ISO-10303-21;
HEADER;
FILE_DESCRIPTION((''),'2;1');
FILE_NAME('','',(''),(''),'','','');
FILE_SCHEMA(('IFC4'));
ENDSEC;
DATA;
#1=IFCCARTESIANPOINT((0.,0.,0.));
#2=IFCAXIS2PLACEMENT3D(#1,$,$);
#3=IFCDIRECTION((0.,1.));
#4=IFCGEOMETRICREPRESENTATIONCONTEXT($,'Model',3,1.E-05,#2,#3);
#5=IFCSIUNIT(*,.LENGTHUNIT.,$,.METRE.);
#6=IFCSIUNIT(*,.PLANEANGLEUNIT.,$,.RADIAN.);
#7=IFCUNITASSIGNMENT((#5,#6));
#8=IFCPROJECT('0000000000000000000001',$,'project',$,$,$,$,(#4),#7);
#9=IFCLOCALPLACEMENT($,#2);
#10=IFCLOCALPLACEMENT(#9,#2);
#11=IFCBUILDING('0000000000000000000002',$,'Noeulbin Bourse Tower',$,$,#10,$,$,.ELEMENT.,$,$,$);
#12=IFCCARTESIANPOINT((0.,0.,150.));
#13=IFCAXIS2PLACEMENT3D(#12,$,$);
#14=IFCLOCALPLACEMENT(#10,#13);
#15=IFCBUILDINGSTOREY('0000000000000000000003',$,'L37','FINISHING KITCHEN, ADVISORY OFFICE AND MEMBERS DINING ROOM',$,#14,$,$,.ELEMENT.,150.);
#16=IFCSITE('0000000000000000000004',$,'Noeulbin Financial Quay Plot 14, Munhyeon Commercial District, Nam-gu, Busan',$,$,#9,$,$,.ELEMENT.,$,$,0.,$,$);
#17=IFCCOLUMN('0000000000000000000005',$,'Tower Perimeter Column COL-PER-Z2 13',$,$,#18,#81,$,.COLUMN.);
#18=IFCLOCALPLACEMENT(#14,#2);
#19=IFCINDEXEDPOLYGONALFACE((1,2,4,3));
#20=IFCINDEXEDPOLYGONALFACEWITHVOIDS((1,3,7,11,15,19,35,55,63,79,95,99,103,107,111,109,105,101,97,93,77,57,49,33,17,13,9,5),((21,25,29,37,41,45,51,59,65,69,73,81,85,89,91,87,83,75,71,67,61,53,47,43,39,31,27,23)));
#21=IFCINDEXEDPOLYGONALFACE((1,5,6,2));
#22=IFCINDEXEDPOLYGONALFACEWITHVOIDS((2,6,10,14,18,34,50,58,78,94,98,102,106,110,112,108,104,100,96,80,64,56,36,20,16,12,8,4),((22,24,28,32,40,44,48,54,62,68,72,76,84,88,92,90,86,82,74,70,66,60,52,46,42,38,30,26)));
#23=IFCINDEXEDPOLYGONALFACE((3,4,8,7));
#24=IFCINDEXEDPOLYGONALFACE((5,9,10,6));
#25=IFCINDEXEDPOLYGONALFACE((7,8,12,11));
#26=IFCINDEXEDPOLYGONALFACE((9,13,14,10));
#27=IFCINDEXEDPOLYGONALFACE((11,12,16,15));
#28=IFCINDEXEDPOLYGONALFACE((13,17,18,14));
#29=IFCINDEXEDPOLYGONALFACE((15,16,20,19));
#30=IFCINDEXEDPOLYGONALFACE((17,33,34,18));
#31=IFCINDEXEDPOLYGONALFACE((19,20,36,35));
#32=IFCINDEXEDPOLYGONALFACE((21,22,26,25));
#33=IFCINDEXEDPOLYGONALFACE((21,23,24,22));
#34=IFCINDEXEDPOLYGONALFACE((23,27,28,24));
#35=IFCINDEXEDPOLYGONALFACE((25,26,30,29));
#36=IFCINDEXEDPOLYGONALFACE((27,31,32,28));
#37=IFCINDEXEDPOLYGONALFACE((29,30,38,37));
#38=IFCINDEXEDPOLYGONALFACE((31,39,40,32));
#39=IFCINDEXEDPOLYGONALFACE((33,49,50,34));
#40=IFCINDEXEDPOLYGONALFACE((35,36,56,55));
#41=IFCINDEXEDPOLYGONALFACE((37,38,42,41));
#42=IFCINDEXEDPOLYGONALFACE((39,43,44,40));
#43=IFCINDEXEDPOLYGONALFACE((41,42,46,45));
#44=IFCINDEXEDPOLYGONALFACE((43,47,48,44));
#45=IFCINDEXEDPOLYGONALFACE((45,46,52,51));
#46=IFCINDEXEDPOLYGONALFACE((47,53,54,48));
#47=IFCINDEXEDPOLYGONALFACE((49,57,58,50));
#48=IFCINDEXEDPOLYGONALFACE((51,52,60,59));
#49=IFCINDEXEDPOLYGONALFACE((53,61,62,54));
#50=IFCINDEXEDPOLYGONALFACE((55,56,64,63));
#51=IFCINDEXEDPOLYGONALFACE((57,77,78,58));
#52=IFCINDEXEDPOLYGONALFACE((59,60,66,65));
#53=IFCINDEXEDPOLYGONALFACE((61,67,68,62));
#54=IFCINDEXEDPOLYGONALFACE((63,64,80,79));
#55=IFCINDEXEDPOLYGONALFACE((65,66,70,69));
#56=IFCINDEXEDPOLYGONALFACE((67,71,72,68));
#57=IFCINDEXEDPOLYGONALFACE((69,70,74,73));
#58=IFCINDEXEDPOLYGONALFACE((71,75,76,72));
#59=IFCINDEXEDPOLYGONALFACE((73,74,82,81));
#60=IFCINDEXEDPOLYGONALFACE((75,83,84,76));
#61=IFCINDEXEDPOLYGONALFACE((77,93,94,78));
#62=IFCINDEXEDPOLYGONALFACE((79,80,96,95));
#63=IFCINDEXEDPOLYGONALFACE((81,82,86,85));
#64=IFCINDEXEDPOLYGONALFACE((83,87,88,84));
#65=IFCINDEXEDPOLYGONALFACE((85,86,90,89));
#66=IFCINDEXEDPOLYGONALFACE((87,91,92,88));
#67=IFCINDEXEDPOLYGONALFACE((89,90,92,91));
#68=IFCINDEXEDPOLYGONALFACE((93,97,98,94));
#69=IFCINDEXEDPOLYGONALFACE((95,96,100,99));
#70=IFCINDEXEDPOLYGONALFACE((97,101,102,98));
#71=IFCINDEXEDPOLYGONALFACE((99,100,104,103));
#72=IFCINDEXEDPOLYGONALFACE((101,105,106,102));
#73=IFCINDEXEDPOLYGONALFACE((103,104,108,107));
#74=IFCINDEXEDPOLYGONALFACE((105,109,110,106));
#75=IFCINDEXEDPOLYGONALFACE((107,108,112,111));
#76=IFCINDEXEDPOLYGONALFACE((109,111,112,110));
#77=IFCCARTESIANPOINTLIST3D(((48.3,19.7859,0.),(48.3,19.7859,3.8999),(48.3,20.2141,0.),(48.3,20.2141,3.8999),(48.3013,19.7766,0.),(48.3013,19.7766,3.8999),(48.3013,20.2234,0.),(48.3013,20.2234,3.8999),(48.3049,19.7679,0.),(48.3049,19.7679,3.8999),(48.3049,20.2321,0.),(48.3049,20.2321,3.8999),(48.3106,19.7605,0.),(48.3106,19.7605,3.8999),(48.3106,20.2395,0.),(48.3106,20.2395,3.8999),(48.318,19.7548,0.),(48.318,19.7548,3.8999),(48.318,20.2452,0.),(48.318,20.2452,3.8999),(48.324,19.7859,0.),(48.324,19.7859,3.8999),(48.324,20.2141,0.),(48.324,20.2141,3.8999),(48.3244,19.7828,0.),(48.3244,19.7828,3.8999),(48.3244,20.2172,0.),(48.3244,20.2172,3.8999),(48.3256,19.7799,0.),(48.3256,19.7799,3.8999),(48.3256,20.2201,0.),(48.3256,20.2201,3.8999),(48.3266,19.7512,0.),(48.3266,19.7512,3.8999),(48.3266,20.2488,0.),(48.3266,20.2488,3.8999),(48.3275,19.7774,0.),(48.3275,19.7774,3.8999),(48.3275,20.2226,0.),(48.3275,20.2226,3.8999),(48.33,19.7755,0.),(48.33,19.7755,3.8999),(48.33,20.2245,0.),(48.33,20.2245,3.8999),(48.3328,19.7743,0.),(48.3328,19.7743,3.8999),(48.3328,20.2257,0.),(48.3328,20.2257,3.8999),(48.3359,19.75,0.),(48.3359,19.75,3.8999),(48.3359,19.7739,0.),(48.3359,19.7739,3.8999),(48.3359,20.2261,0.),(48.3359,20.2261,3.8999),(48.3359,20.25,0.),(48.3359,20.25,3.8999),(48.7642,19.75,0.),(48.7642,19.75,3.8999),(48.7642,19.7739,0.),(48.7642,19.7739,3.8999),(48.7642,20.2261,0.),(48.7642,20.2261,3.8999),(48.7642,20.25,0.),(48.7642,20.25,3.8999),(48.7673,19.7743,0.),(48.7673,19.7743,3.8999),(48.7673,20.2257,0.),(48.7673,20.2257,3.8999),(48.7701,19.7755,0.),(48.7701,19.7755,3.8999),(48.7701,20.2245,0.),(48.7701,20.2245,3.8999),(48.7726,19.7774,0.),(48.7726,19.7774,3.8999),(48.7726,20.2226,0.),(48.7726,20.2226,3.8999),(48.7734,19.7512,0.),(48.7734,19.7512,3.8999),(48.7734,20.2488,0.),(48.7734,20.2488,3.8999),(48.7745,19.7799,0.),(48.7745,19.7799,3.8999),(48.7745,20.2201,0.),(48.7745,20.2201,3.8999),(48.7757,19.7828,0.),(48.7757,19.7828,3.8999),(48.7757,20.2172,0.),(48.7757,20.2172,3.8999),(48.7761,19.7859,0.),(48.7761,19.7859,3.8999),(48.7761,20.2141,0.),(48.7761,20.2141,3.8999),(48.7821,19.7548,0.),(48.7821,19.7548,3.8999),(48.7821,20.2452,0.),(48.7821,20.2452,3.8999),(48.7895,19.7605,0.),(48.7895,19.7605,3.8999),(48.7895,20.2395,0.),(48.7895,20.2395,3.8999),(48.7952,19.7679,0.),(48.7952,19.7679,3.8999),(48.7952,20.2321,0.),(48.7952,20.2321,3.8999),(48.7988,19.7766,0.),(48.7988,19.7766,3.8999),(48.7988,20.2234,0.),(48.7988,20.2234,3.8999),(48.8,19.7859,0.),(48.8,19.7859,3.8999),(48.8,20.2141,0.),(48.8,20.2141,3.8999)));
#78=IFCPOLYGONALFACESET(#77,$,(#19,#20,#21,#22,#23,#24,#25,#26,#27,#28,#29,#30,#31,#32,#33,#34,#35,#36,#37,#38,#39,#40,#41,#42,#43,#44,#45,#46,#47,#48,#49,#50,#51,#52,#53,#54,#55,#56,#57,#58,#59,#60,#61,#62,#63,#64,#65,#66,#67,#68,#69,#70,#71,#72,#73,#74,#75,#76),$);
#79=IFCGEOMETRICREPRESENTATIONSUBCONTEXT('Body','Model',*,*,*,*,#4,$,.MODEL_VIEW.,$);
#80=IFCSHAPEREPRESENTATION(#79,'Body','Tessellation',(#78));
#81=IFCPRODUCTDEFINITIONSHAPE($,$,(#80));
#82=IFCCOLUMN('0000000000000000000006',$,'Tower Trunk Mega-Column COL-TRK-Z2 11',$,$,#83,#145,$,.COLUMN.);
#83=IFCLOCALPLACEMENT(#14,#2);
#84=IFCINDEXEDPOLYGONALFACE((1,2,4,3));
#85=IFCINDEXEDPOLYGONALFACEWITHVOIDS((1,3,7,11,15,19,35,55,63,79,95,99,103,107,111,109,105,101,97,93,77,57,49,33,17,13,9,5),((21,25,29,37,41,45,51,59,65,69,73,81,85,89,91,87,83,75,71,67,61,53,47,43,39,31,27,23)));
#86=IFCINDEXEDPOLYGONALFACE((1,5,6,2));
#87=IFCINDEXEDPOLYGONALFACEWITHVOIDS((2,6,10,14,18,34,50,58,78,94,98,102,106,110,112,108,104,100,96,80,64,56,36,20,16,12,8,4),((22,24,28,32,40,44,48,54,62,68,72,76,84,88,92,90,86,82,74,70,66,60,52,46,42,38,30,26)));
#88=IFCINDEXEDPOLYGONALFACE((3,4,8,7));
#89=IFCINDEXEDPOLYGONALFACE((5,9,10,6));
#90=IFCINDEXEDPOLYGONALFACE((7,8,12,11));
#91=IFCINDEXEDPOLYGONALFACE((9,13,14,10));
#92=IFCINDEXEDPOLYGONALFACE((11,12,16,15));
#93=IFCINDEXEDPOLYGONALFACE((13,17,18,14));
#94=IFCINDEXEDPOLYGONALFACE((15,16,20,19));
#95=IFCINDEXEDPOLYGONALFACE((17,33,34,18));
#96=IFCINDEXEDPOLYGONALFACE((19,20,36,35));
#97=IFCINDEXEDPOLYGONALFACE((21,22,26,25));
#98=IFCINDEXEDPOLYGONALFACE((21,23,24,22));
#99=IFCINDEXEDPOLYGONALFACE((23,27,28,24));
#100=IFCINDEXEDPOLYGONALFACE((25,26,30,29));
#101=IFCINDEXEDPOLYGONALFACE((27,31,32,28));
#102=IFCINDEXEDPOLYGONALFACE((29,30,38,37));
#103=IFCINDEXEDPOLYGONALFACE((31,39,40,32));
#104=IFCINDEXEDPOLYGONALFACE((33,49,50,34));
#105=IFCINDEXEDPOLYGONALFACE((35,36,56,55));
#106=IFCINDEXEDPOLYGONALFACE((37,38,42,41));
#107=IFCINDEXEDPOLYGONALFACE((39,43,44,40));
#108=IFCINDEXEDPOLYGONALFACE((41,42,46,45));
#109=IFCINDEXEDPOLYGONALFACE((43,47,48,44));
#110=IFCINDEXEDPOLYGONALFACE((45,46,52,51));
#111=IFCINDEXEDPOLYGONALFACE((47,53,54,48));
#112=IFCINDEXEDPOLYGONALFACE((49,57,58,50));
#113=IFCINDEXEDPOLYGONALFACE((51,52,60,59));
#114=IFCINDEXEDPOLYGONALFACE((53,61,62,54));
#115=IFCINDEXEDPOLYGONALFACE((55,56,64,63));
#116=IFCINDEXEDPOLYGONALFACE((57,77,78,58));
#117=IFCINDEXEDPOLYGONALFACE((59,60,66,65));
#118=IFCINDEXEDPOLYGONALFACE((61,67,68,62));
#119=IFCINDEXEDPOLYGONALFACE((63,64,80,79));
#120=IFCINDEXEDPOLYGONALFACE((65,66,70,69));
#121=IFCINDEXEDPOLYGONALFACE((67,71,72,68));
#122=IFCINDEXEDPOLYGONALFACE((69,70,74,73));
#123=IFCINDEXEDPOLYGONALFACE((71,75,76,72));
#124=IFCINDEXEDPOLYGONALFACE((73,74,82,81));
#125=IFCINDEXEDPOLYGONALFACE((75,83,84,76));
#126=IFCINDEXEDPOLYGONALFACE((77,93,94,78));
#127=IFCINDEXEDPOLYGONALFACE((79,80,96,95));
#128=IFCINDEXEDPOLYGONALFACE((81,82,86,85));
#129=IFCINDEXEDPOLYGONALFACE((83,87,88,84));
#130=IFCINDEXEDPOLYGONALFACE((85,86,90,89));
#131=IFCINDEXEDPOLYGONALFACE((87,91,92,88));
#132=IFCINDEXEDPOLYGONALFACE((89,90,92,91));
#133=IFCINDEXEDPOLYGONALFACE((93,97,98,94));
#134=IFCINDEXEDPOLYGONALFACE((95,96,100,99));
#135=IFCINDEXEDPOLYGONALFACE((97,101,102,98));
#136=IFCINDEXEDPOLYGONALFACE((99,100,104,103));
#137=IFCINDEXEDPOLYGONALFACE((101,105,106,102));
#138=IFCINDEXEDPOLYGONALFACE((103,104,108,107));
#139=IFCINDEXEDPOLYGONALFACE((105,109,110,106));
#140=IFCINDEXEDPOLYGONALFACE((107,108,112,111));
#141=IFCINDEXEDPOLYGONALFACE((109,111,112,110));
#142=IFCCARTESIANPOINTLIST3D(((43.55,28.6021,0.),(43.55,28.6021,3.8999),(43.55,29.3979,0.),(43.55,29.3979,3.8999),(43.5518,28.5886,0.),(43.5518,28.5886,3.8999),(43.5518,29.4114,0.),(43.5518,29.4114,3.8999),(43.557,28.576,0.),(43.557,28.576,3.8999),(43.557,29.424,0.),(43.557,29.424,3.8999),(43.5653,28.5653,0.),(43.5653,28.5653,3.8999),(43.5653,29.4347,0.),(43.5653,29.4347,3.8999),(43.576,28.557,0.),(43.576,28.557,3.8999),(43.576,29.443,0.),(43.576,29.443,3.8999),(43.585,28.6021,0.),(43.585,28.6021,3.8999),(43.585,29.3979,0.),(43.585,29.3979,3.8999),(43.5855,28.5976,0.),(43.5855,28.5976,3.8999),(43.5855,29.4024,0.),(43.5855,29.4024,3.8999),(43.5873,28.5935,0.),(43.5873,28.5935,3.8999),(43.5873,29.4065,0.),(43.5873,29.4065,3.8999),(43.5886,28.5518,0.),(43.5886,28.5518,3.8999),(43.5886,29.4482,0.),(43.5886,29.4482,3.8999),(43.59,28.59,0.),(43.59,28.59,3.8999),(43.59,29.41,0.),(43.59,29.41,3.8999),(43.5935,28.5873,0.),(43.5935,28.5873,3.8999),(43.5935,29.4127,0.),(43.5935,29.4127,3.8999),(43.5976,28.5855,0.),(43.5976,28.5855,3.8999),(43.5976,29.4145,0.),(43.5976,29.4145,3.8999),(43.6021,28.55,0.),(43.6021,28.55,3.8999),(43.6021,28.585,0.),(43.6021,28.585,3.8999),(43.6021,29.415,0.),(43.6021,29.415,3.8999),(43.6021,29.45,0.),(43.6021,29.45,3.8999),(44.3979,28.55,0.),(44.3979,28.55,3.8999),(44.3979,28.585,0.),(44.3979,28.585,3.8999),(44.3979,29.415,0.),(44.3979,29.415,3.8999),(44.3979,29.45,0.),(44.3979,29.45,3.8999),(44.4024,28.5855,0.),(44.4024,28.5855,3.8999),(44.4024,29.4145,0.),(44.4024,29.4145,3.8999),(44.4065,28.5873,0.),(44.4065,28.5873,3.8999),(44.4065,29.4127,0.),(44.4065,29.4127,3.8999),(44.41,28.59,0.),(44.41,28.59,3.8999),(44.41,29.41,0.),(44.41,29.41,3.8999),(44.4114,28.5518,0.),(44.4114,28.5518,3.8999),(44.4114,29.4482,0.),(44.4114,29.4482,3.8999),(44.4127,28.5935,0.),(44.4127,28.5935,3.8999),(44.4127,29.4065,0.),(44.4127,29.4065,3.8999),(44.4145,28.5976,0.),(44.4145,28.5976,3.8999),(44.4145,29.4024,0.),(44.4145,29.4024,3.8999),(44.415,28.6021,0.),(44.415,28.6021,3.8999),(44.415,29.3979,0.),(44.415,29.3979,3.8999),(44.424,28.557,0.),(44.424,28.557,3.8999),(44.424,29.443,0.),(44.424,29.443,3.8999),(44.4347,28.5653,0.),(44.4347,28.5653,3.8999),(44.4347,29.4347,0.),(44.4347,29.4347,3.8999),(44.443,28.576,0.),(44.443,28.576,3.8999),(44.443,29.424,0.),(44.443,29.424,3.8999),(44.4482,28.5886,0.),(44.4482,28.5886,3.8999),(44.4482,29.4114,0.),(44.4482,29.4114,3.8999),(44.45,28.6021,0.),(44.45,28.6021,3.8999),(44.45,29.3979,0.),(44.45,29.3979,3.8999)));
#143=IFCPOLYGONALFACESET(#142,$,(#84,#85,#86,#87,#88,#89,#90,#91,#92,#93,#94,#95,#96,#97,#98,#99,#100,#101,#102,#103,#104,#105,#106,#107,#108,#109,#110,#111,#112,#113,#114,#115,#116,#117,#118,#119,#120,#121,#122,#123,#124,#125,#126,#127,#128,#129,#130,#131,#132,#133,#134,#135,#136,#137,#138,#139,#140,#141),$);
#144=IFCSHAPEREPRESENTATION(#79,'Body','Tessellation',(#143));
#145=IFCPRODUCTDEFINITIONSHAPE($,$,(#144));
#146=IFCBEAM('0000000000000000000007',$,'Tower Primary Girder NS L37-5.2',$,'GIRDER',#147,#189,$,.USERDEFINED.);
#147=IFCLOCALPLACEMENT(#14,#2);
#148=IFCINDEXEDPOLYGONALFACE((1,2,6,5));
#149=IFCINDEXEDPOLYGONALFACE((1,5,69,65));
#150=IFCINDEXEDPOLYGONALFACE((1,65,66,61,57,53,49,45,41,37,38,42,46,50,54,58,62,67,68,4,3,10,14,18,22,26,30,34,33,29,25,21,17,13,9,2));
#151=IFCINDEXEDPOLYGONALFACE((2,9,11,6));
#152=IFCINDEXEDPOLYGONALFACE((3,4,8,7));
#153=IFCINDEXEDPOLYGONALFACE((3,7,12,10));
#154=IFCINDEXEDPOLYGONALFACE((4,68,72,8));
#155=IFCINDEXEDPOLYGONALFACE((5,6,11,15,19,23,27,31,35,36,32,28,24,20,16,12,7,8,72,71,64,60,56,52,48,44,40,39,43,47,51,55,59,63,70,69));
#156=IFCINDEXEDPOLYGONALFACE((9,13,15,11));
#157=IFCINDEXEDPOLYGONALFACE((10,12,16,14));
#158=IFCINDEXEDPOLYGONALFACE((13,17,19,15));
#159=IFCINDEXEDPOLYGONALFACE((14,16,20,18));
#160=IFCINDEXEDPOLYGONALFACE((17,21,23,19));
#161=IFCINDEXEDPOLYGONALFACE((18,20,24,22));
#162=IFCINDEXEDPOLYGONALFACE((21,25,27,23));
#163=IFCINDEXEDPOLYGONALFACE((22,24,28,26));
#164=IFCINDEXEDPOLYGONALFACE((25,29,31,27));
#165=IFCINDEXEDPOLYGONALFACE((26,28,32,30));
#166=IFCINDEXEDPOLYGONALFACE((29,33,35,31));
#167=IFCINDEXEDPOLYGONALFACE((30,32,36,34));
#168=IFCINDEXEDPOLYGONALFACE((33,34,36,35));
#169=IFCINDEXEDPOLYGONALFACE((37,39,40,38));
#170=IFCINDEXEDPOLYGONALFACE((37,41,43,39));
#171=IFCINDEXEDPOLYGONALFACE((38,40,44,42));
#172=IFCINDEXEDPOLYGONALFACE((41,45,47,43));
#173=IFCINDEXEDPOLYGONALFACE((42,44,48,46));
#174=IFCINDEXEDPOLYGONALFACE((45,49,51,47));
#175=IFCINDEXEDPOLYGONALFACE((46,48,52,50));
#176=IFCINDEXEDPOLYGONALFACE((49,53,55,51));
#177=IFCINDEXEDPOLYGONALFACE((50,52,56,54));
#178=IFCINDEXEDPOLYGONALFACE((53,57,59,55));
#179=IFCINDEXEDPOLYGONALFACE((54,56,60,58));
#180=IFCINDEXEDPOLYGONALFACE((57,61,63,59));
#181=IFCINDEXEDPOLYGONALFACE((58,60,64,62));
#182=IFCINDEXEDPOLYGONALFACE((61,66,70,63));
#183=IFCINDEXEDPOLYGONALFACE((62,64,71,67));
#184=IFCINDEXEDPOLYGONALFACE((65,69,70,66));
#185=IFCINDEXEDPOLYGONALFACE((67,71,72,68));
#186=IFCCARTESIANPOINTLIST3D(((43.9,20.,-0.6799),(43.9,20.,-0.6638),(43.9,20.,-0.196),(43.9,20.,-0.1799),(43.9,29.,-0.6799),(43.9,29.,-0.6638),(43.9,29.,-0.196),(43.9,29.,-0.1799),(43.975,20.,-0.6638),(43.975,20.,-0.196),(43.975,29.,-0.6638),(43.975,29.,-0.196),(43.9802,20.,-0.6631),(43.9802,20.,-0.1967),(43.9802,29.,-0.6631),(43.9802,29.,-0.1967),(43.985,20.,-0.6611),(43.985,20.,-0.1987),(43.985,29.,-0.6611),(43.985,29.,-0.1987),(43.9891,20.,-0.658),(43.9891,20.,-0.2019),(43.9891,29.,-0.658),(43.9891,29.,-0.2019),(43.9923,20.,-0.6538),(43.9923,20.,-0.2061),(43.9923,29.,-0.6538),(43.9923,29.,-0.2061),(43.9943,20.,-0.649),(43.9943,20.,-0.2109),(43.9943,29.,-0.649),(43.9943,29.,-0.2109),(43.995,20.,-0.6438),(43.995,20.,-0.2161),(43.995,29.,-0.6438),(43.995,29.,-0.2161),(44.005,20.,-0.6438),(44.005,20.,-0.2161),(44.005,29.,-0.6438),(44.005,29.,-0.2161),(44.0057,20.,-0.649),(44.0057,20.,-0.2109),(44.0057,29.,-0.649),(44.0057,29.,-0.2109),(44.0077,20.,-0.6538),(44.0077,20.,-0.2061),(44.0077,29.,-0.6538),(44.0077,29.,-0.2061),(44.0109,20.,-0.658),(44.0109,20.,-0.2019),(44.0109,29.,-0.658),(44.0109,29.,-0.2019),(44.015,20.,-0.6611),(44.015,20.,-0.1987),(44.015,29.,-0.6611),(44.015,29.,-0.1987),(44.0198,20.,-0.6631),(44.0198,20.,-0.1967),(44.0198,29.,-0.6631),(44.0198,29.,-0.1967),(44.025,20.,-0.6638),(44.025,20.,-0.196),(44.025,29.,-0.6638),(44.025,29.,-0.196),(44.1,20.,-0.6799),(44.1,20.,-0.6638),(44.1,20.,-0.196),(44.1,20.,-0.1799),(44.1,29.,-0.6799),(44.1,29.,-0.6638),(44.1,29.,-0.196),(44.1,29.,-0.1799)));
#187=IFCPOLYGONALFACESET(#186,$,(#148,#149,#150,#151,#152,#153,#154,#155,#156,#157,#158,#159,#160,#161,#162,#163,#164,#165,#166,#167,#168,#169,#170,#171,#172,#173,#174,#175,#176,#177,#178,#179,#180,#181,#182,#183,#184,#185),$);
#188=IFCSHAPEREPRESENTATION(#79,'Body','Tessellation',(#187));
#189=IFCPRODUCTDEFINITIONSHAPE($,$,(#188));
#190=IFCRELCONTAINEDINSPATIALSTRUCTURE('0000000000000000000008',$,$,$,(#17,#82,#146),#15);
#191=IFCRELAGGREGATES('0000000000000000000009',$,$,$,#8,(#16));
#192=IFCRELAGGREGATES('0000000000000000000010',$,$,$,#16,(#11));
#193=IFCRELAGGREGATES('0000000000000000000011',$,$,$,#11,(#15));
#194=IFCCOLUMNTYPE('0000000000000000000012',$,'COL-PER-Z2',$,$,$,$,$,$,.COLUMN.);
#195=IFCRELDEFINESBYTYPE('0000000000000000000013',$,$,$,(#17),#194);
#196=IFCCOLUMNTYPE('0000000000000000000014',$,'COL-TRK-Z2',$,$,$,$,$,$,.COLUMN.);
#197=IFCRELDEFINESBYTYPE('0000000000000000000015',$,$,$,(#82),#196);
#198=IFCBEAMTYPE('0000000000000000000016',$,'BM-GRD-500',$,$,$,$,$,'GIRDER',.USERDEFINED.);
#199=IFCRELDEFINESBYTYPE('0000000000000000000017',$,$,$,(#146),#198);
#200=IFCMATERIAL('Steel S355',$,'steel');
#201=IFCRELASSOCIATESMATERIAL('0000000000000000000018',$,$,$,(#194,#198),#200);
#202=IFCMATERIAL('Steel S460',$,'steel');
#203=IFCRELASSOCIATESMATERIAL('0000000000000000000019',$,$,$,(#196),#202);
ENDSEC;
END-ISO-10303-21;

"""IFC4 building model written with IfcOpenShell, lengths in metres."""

from ifc_helpers import new_model, si_unit, direction, frame, origin, origin_2d, place, context, subcontext, project, spatial, hollow_rectangle, i_section, extrude, material, material_profile, profile_set, type_object, element, save


model = new_model("IFC4")

# Units and contexts
model_context = context("Model", 3, precision=1e-05, world=origin(), true_north=direction((0.0, 1.0)))
body_context = subcontext(model_context, "Body", "Model", "MODEL_VIEW")
ifc_project = project(units=[si_unit("LENGTHUNIT", "METRE"), si_unit("PLANEANGLEUNIT", "RADIAN")], contexts=[model_context])

# Site, building, storey
site_placement = place(None, origin())
site = spatial("IfcSite", under=ifc_project, at=site_placement, Name="Noeulbin Financial Quay Plot 14, Munhyeon Commercial District, Nam-gu, Busan", CompositionType="ELEMENT", RefElevation=0.0)
building_placement = place(site_placement, origin())
building = spatial("IfcBuilding", under=site, at=building_placement, Name="Noeulbin Bourse Tower", CompositionType="ELEMENT")
storey_placement = place(building_placement, frame((0.0, 0.0, 150.0)))
storey = spatial("IfcBuildingStorey", under=building, at=storey_placement, Name="L37", Description="FINISHING KITCHEN, ADVISORY OFFICE AND MEMBERS DINING ROOM", CompositionType="ELEMENT", Elevation=150.0)

# Columns
ifc_material_1 = material(Name="Steel S355", Category="steel")
ifc_material_profile_1 = material_profile(ifc_material_1, hollow_rectangle(XDim=0.5, YDim=0.5, WallThickness=0.0239, InnerFilletRadius=0.012, OuterFilletRadius=0.0359, at=origin_2d()), Name="BOX-500x500x24", Category="LoadBearing")
ifc_profile_set_1 = profile_set([ifc_material_profile_1], Name="Steel S355")
column_type_1 = type_object("IfcColumnType", Name="COL-PER-Z2", PredefinedType="COLUMN", material=ifc_profile_set_1)
column_1_placement = place(storey_placement, frame((48.55, 20.0, 0.0), z_axis=(0.0, 0.0, 1.0), x_axis=(1.0, 0.0, 0.0)))
element("IfcColumn", 1, at=column_1_placement, inside=storey, type_object=column_type_1, Name="Tower Perimeter Column COL-PER-Z2 13", PredefinedType="COLUMN", context=body_context, shape_type="SweptSolid", body=[
    extrude(hollow_rectangle(XDim=0.5, YDim=0.5, WallThickness=0.0239, InnerFilletRadius=0.012, OuterFilletRadius=0.0359, at=origin_2d()), origin(), (0.0, 0.0, 1.0), 3.8999),
])
ifc_material_2 = material(Name="Steel S460", Category="steel")
ifc_material_profile_2 = material_profile(ifc_material_2, hollow_rectangle(XDim=0.8999, YDim=0.8999, WallThickness=0.0349, InnerFilletRadius=0.0171, OuterFilletRadius=0.052, at=origin_2d()), Name="BOX-900x900x35", Category="LoadBearing")
ifc_profile_set_2 = profile_set([ifc_material_profile_2], Name="Steel S460")
column_type_2 = type_object("IfcColumnType", Name="COL-TRK-Z2", PredefinedType="COLUMN", material=ifc_profile_set_2)
column_2_placement = place(storey_placement, frame((44.0, 29.0, 0.0), z_axis=(0.0, 0.0, 1.0), x_axis=(1.0, 0.0, 0.0)))
element("IfcColumn", 2, at=column_2_placement, inside=storey, type_object=column_type_2, Name="Tower Trunk Mega-Column COL-TRK-Z2 11", PredefinedType="COLUMN", context=body_context, shape_type="SweptSolid", body=[
    extrude(hollow_rectangle(XDim=0.8999, YDim=0.8999, WallThickness=0.0349, InnerFilletRadius=0.0171, OuterFilletRadius=0.052, at=origin_2d()), origin(), (0.0, 0.0, 1.0), 3.8999),
])

# Beam
ifc_material_profile_3 = material_profile(ifc_material_1, i_section(OverallWidth=0.2, OverallDepth=0.5, WebThickness=0.01, FlangeThickness=0.0161, FilletRadius=0.02, at=origin_2d()), Name="H-500x200x10x16", Category="LoadBearing")
ifc_profile_set_3 = profile_set([ifc_material_profile_3], Name="Steel S355")
beam_type_1 = type_object("IfcBeamType", Name="BM-GRD-500", ElementType="GIRDER", PredefinedType="USERDEFINED", material=ifc_profile_set_3)
beam_1_placement = place(storey_placement, frame((44.0, 20.0, -0.4299), z_axis=(0.0, 1.0, 0.0), x_axis=(-1.0, 0.0, 0.0)))
element("IfcBeam", 3, at=beam_1_placement, inside=storey, type_object=beam_type_1, Name="Tower Primary Girder NS L37-5.2", ObjectType="GIRDER", PredefinedType="USERDEFINED", context=body_context, shape_type="SweptSolid", body=[
    extrude(i_section(OverallWidth=0.2, OverallDepth=0.5, WebThickness=0.01, FlangeThickness=0.0161, FilletRadius=0.02, at=origin_2d()), origin(), (0.0, 0.0, 1.0), 9.0),
])

save(model, "model.ifc")
